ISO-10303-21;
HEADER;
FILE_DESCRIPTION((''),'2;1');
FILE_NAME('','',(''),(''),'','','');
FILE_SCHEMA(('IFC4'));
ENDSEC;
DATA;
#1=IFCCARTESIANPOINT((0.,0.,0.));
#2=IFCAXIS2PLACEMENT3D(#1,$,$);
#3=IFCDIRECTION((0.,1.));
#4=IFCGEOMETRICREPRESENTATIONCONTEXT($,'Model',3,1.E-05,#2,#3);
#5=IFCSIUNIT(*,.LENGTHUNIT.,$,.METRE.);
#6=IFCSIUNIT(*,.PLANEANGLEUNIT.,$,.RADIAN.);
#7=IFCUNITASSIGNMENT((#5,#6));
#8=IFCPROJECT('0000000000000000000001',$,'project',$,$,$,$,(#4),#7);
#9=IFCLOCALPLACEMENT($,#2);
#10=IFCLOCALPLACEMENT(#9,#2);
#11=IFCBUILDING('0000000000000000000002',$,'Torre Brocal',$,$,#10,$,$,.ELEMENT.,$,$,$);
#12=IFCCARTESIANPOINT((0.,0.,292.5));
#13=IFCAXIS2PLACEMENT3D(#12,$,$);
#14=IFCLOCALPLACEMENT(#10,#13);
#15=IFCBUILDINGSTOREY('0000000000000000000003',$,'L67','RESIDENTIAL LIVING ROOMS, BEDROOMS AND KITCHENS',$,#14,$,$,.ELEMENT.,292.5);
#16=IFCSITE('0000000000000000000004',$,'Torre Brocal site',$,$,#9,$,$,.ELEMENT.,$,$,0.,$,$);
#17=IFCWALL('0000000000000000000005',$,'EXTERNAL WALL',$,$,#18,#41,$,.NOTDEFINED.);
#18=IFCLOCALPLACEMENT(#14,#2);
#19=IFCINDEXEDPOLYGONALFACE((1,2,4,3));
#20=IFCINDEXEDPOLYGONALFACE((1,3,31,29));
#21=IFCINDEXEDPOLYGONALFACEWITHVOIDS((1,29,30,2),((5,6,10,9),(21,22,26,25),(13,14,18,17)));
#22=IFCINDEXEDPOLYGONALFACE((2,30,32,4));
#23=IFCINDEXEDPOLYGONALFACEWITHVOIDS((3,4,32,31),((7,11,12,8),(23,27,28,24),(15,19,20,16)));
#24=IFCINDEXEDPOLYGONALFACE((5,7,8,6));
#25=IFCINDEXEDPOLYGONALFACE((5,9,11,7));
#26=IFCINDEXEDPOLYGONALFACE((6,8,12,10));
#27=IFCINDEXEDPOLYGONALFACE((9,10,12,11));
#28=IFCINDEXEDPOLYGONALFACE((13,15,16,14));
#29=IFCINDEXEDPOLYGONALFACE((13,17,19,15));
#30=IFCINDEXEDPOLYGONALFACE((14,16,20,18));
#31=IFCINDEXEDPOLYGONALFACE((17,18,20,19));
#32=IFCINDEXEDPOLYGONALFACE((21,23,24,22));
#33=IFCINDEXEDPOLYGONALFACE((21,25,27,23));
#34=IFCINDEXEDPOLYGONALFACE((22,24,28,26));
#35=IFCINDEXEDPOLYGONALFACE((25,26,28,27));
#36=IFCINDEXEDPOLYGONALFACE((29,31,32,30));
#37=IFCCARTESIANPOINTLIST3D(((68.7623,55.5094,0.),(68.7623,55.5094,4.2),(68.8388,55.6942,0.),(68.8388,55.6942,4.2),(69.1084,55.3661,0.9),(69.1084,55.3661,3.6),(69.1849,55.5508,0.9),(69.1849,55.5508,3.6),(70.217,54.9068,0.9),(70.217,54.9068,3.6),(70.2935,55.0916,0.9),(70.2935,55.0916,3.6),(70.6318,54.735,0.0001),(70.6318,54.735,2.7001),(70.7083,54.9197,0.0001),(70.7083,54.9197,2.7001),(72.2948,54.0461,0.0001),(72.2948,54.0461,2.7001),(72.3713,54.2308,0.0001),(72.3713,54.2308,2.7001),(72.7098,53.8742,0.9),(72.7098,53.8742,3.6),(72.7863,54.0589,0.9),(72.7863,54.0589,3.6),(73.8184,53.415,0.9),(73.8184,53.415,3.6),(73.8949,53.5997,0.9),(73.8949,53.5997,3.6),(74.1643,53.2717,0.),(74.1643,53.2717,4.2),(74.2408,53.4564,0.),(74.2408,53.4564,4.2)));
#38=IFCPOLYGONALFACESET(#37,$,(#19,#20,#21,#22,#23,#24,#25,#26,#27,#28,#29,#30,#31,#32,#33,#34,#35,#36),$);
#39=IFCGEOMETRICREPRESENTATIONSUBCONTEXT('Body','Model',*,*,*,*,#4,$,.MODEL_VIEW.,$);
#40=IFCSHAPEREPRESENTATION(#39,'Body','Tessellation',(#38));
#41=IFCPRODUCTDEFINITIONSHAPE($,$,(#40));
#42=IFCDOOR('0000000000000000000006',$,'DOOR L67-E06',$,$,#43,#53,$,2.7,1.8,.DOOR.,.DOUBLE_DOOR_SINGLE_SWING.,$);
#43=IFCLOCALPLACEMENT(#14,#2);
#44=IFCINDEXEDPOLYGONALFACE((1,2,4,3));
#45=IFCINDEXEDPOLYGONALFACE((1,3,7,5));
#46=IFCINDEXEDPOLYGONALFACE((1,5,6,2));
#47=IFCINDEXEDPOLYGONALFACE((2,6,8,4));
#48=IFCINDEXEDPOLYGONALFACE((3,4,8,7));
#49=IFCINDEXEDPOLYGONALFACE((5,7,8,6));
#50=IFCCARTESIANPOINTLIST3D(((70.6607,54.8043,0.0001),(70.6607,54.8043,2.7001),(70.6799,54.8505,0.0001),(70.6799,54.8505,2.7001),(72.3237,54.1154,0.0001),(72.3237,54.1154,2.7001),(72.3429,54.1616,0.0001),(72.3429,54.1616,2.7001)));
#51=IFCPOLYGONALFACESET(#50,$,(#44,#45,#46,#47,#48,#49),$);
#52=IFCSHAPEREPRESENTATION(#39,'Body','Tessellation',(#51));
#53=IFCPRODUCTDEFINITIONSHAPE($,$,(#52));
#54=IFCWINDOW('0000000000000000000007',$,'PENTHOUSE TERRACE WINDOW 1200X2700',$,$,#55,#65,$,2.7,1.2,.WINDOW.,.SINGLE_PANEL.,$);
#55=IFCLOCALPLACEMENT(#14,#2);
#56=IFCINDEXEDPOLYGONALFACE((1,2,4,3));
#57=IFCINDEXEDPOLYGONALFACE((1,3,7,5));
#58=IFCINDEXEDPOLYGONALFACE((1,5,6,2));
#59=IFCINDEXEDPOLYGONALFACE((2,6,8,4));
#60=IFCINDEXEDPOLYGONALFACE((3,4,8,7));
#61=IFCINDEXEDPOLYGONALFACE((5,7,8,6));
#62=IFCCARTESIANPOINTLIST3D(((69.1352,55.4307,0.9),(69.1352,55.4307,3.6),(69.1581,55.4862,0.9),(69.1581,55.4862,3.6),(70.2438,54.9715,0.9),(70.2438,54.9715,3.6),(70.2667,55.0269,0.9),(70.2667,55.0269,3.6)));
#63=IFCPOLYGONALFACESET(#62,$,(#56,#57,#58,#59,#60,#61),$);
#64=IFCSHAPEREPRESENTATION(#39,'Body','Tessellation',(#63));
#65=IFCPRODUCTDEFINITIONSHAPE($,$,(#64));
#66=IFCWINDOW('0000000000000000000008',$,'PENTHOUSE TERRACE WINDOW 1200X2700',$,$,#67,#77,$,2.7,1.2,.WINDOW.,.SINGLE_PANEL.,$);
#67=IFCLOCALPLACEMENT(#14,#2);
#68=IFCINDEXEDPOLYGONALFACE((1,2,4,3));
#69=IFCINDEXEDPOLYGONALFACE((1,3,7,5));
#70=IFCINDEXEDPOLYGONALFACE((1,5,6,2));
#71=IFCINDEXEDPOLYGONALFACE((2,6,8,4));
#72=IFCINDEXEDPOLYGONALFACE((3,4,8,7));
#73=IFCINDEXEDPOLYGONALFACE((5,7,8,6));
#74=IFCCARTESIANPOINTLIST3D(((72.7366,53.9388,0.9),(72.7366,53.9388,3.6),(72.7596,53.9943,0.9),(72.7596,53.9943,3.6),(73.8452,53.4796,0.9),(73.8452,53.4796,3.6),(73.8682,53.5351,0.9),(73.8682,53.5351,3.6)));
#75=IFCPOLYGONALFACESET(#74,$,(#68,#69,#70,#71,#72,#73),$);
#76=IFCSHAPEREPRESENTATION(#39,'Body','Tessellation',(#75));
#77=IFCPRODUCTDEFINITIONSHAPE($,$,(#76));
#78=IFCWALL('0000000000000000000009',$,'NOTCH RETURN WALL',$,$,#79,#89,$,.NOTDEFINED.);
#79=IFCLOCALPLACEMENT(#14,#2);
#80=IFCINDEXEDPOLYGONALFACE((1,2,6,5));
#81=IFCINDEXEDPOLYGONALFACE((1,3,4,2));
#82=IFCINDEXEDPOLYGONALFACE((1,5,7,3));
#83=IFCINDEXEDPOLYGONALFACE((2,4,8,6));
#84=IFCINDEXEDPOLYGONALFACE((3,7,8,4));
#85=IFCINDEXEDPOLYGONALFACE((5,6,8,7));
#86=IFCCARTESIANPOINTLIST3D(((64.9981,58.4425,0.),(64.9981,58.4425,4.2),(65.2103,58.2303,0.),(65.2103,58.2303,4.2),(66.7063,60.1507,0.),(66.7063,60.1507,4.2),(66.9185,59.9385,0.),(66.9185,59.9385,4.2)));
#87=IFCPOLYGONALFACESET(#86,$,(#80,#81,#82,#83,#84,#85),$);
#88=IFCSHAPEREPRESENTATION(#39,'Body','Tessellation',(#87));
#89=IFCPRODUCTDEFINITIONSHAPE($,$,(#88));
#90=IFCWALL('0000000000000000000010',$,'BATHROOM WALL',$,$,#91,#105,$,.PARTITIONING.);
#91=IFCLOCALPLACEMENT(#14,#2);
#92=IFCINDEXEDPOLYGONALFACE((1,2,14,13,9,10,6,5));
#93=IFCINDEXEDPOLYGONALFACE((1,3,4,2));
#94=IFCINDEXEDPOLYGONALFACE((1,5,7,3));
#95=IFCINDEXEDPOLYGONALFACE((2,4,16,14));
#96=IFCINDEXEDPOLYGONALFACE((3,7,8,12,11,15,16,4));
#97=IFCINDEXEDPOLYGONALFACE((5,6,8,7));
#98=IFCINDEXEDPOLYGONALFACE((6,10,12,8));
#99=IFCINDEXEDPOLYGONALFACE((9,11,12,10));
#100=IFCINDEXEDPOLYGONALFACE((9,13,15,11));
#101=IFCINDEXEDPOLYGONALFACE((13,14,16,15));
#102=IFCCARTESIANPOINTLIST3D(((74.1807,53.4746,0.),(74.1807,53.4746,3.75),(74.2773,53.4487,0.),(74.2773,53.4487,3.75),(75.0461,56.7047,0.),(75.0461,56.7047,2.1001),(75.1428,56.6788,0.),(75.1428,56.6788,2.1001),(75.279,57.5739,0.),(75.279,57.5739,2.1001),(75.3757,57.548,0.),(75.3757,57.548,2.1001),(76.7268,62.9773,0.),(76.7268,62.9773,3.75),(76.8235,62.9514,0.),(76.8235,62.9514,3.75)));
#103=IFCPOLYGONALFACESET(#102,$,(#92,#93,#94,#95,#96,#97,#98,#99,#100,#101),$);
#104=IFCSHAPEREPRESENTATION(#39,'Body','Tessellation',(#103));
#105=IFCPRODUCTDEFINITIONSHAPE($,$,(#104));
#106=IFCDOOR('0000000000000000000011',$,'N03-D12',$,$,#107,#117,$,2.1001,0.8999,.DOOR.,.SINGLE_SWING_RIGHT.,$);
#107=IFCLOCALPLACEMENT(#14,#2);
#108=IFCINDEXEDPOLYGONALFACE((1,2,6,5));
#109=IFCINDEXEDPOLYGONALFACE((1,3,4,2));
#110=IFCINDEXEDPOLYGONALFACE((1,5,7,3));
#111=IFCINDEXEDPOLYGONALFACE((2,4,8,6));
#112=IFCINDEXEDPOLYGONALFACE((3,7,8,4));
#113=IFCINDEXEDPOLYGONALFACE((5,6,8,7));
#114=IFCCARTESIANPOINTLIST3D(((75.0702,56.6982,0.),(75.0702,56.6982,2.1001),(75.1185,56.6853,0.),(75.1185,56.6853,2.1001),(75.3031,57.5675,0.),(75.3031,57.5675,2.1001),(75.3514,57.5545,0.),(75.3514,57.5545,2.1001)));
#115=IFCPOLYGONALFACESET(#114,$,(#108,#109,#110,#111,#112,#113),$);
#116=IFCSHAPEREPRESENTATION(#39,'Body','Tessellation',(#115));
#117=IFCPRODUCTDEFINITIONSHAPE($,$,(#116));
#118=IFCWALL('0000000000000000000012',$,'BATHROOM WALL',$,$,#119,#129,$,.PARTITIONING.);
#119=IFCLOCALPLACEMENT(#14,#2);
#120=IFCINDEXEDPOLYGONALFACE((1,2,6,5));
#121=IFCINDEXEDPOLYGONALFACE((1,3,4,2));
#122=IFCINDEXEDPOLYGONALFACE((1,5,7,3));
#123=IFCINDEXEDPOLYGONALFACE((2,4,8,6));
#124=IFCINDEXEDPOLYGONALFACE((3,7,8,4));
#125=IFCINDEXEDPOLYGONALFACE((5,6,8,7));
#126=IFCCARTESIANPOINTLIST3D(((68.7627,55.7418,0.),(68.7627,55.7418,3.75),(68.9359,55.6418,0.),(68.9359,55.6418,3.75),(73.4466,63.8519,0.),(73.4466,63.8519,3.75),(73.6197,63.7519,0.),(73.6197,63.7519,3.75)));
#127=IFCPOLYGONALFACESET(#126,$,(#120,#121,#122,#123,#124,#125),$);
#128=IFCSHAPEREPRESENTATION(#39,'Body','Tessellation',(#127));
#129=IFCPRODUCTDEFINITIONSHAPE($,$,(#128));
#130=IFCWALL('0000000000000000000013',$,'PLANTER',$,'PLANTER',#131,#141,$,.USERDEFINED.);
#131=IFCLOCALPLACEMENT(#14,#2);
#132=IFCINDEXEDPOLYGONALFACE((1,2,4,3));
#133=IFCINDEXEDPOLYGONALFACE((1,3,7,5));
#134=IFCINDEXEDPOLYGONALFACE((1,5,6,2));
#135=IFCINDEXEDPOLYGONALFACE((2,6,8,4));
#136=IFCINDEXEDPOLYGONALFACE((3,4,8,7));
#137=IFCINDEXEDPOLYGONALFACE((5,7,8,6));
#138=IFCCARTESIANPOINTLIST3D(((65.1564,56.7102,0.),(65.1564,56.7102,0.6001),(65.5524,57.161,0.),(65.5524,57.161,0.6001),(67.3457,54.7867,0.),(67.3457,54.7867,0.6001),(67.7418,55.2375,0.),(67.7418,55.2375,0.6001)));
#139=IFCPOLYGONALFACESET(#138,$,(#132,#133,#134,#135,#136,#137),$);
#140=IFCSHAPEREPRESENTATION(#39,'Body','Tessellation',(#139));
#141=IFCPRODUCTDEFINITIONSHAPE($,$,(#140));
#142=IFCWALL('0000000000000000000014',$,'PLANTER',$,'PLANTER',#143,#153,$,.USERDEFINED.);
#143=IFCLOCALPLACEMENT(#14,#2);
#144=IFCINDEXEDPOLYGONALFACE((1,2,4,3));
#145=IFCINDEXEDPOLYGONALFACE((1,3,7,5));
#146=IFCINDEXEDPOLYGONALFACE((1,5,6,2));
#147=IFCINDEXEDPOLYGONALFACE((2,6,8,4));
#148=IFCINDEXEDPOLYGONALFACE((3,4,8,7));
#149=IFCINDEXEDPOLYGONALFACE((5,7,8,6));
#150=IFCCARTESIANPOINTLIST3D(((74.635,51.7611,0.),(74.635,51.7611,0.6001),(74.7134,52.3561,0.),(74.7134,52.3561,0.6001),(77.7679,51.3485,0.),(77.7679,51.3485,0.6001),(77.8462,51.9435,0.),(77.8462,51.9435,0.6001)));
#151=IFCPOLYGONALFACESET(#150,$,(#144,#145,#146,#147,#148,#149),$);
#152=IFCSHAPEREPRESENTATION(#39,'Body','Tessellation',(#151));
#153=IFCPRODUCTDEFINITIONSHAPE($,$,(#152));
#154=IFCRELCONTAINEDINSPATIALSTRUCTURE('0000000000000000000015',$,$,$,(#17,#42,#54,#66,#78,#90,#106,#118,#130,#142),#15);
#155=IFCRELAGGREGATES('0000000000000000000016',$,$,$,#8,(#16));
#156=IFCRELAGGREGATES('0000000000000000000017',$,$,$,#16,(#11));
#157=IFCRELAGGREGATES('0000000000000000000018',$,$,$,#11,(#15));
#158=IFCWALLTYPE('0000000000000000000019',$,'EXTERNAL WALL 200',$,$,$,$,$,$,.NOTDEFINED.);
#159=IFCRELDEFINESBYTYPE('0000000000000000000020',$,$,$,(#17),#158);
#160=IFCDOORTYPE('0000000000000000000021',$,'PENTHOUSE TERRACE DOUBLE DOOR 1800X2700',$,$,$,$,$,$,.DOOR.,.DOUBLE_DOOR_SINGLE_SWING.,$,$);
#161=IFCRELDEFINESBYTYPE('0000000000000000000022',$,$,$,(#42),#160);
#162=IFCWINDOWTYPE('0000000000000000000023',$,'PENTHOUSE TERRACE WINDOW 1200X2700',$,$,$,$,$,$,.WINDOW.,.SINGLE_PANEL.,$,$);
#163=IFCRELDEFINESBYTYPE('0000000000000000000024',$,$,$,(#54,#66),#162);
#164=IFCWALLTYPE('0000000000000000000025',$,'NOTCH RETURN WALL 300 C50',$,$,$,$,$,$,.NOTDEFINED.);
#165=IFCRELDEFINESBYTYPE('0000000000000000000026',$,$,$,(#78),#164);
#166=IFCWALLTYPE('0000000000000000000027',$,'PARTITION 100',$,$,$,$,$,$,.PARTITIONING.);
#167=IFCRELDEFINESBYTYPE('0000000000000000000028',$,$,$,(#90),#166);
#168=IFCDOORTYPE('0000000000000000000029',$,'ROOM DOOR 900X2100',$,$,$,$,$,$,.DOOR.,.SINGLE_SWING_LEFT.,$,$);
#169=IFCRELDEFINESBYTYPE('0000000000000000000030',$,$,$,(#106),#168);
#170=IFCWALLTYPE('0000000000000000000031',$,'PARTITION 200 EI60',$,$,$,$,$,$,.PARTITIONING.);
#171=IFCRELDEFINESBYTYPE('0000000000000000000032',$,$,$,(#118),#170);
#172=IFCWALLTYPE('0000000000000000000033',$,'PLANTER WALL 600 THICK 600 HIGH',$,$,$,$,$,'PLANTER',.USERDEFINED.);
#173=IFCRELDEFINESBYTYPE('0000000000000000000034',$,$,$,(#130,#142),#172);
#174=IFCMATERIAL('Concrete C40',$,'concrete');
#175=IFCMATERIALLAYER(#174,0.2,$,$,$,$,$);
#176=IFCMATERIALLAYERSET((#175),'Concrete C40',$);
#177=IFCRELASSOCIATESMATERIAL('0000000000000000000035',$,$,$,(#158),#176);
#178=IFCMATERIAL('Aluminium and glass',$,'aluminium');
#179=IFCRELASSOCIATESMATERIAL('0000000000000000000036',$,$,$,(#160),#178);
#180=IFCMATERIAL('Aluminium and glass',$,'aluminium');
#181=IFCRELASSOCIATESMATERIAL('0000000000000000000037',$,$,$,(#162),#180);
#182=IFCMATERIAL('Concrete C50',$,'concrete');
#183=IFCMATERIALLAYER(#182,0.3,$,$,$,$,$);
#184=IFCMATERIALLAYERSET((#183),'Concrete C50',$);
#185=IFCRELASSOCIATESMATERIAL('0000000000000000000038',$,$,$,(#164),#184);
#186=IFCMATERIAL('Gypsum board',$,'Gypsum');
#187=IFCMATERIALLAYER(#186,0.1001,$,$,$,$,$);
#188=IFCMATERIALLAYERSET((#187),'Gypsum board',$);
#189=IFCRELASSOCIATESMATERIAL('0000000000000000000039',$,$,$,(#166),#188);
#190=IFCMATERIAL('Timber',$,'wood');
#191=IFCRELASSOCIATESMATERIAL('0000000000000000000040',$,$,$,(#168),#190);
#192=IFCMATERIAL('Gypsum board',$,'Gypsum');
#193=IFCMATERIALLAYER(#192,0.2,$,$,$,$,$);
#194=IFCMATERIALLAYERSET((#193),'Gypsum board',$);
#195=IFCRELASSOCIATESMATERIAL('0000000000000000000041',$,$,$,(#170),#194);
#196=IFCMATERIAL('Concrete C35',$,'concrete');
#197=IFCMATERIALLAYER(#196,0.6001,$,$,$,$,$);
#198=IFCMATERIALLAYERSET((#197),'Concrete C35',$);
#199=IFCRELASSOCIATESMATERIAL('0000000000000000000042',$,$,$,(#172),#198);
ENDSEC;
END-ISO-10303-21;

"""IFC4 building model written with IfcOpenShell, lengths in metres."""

from ifc_helpers import new_model, si_unit, direction, frame, frame_2d, origin, place, context, subcontext, project, spatial, rectangle, extrude, material, layer, layer_set, type_object, element, fill, save


model = new_model("IFC4")

# Units and contexts
model_context = context("Model", 3, precision=1e-05, world=origin(), true_north=direction((0.0, 1.0)))
body_context = subcontext(model_context, "Body", "Model", "MODEL_VIEW")
ifc_project = project(units=[si_unit("LENGTHUNIT", "METRE"), si_unit("PLANEANGLEUNIT", "RADIAN")], contexts=[model_context])

# Site, building, storey
site_placement = place(None, origin())
site = spatial("IfcSite", under=ifc_project, at=site_placement, Name="Torre Brocal site", CompositionType="ELEMENT", RefElevation=0.0)
building_placement = place(site_placement, origin())
building = spatial("IfcBuilding", under=site, at=building_placement, Name="Torre Brocal", CompositionType="ELEMENT")
storey_placement = place(building_placement, frame((0.0, 0.0, 292.5)))
storey = spatial("IfcBuildingStorey", under=building, at=storey_placement, Name="L67", Description="RESIDENTIAL LIVING ROOMS, BEDROOMS AND KITCHENS", CompositionType="ELEMENT", Elevation=292.5)

# Wall, openings, door, windows
ifc_material_1 = material(Name="Concrete C40", Category="concrete")
ifc_layer_1 = layer(ifc_material_1, 0.2)
ifc_layer_set_1 = layer_set([ifc_layer_1], Name="Concrete C40")
wall_type_1 = type_object("IfcWallType", Name="EXTERNAL WALL 200", PredefinedType="NOTDEFINED", material=ifc_layer_set_1)
wall_1_placement = place(storey_placement, frame((68.8005, 55.6018, 0.0), z_axis=(0.0, 0.0, 1.0), x_axis=(0.923869, -0.382708, 0.0)))
wall_1 = element("IfcWall", 1, at=wall_1_placement, inside=storey, type_object=wall_type_1, Name="EXTERNAL WALL", PredefinedType="NOTDEFINED", context=body_context, shape_type="SweptSolid", body=[
    extrude(rectangle(XDim=5.8472, YDim=0.2, at=frame_2d((2.9236, 0.0))), origin(), (0.0, 0.0, 1.0), 4.2),
])
opening_1_placement = place(wall_1_placement, frame((0.3745, 0.0, 0.8999)))
opening_1 = element("IfcOpeningElement", 2, at=opening_1_placement, cuts=wall_1, PredefinedType="OPENING", context=body_context, shape_type="SweptSolid", body=[
    extrude(rectangle(XDim=1.2, YDim=2.7, at=frame_2d((0.6001, 1.3501))), frame((0.0, 0.1099, 0.0), z_axis=(0.0, -1.0, 0.0), x_axis=(1.0, 0.0, 0.0)), (0.0, 0.0, 1.0), 0.22),
])
opening_2_placement = place(wall_1_placement, frame((2.0237, 0.0, 0.0)))
opening_2 = element("IfcOpeningElement", 3, at=opening_2_placement, cuts=wall_1, PredefinedType="OPENING", context=body_context, shape_type="SweptSolid", body=[
    extrude(rectangle(XDim=1.8, YDim=2.7, at=frame_2d((0.8999, 1.3501))), frame((0.0, 0.1099, 0.0), z_axis=(0.0, -1.0, 0.0), x_axis=(1.0, 0.0, 0.0)), (0.0, 0.0, 1.0), 0.22),
])
opening_3_placement = place(wall_1_placement, frame((4.2727, 0.0, 0.8999)))
opening_3 = element("IfcOpeningElement", 4, at=opening_3_placement, cuts=wall_1, PredefinedType="OPENING", context=body_context, shape_type="SweptSolid", body=[
    extrude(rectangle(XDim=1.2, YDim=2.7, at=frame_2d((0.6001, 1.3501))), frame((0.0, 0.1099, 0.0), z_axis=(0.0, -1.0, 0.0), x_axis=(1.0, 0.0, 0.0)), (0.0, 0.0, 1.0), 0.22),
])
ifc_material_2 = material(Name="Aluminium and glass", Category="aluminium")
door_type_1 = type_object("IfcDoorType", Name="PENTHOUSE TERRACE DOUBLE DOOR 1800X2700", OperationType="DOUBLE_DOOR_SINGLE_SWING", PredefinedType="DOOR", material=ifc_material_2)
door_1_placement = place(opening_2_placement, frame((1.8, 0.0, 0.0), z_axis=(0.0, 0.0, 1.0), x_axis=(-1.0, 0.0, 0.0)))
door_1 = element("IfcDoor", 5, at=door_1_placement, inside=storey, type_object=door_type_1, Name="DOOR L67-E06", OperationType="DOUBLE_DOOR_SINGLE_SWING", OverallHeight=2.7, OverallWidth=1.8, PredefinedType="DOOR", context=body_context, shape_type="SweptSolid", body=[
    extrude(rectangle(XDim=1.8, YDim=2.7, at=frame_2d((0.8999, 1.3501))), frame((0.0, 0.0249, 0.0), z_axis=(0.0, -1.0, 0.0), x_axis=(1.0, 0.0, 0.0)), (0.0, 0.0, 1.0), 0.05),
])
fill(opening_2, door_1)
ifc_material_3 = material(Name="Aluminium and glass", Category="aluminium")
window_type = type_object("IfcWindowType", Name="PENTHOUSE TERRACE WINDOW 1200X2700", PartitioningType="SINGLE_PANEL", PredefinedType="WINDOW", material=ifc_material_3)
window_1_placement = place(opening_1_placement, origin())
window_1 = element("IfcWindow", 6, at=window_1_placement, inside=storey, type_object=window_type, Name="PENTHOUSE TERRACE WINDOW 1200X2700", OverallHeight=2.7, OverallWidth=1.2, PartitioningType="SINGLE_PANEL", PredefinedType="WINDOW", context=body_context, shape_type="SweptSolid", body=[
    extrude(rectangle(XDim=1.2, YDim=2.7, at=frame_2d((0.6001, 1.3501))), frame((0.0, 0.03, 0.0), z_axis=(0.0, -1.0, 0.0), x_axis=(1.0, 0.0, 0.0)), (0.0, 0.0, 1.0), 0.0601),
])
fill(opening_1, window_1)
window_2_placement = place(opening_3_placement, origin())
window_2 = element("IfcWindow", 7, at=window_2_placement, inside=storey, type_object=window_type, Name="PENTHOUSE TERRACE WINDOW 1200X2700", OverallHeight=2.7, OverallWidth=1.2, PartitioningType="SINGLE_PANEL", PredefinedType="WINDOW", context=body_context, shape_type="SweptSolid", body=[
    extrude(rectangle(XDim=1.2, YDim=2.7, at=frame_2d((0.6001, 1.3501))), frame((0.0, 0.03, 0.0), z_axis=(0.0, -1.0, 0.0), x_axis=(1.0, 0.0, 0.0)), (0.0, 0.0, 1.0), 0.0601),
])
fill(opening_3, window_2)

# Wall
ifc_material_4 = material(Name="Concrete C50", Category="concrete")
ifc_layer_2 = layer(ifc_material_4, 0.3)
ifc_layer_set_2 = layer_set([ifc_layer_2], Name="Concrete C50")
wall_type_2 = type_object("IfcWallType", Name="NOTCH RETURN WALL 300 C50", PredefinedType="NOTDEFINED", material=ifc_layer_set_2)
wall_2_placement = place(storey_placement, frame((66.8125, 60.0447, 0.0), z_axis=(0.0, 0.0, 1.0), x_axis=(-0.707107, -0.707107, 0.0)))
element("IfcWall", 8, at=wall_2_placement, inside=storey, type_object=wall_type_2, Name="NOTCH RETURN WALL", PredefinedType="NOTDEFINED", context=body_context, shape_type="SweptSolid", body=[
    extrude(rectangle(XDim=2.4158, YDim=0.3, at=frame_2d((1.208, 0.0))), origin(), (0.0, 0.0, 1.0), 4.2),
])

# Wall, opening, door
ifc_material_5 = material(Name="Gypsum board", Category="Gypsum")
ifc_layer_3 = layer(ifc_material_5, 0.1001)
ifc_layer_set_3 = layer_set([ifc_layer_3], Name="Gypsum board")
wall_type_3 = type_object("IfcWallType", Name="PARTITION 100", PredefinedType="PARTITIONING", material=ifc_layer_set_3)
wall_3_placement = place(storey_placement, frame((74.229, 53.4617, 0.0), z_axis=(0.0, 0.0, 1.0), x_axis=(0.25881, 0.965928, 0.0)))
wall_3 = element("IfcWall", 9, at=wall_3_placement, inside=storey, type_object=wall_type_3, Name="BATHROOM WALL", PredefinedType="PARTITIONING", context=body_context, shape_type="SweptSolid", body=[
    extrude(rectangle(XDim=9.8379, YDim=0.1001, at=frame_2d((4.9189, 0.0))), origin(), (0.0, 0.0, 1.0), 3.75),
])
opening_4_placement = place(wall_3_placement, frame((3.344, 0.0, 0.0)))
opening_4 = element("IfcOpeningElement", 10, at=opening_4_placement, cuts=wall_3, PredefinedType="OPENING", context=body_context, shape_type="SweptSolid", body=[
    extrude(rectangle(XDim=0.8999, YDim=2.1001, at=frame_2d((0.45, 1.05))), frame((0.0, 0.0601, 0.0), z_axis=(0.0, -1.0, 0.0), x_axis=(1.0, 0.0, 0.0)), (0.0, 0.0, 1.0), 0.1201),
])
ifc_material_6 = material(Name="Timber", Category="wood")
door_type_2 = type_object("IfcDoorType", Name="ROOM DOOR 900X2100", OperationType="SINGLE_SWING_LEFT", PredefinedType="DOOR", material=ifc_material_6)
door_2_placement = place(opening_4_placement, frame((0.8999, 0.0, 0.0), z_axis=(0.0, 0.0, 1.0), x_axis=(-1.0, 0.0, 0.0)))
door_2 = element("IfcDoor", 11, at=door_2_placement, inside=storey, type_object=door_type_2, Name="N03-D12", OperationType="SINGLE_SWING_RIGHT", OverallHeight=2.1001, OverallWidth=0.8999, PredefinedType="DOOR", context=body_context, shape_type="SweptSolid", body=[
    extrude(rectangle(XDim=0.8999, YDim=2.1001, at=frame_2d((0.45, 1.05))), frame((0.0, 0.0249, 0.0), z_axis=(0.0, -1.0, 0.0), x_axis=(1.0, 0.0, 0.0)), (0.0, 0.0, 1.0), 0.05),
])
fill(opening_4, door_2)

# Walls
ifc_material_7 = material(Name="Gypsum board", Category="Gypsum")
ifc_layer_4 = layer(ifc_material_7, 0.2)
ifc_layer_set_4 = layer_set([ifc_layer_4], Name="Gypsum board")
wall_type_4 = type_object("IfcWallType", Name="PARTITION 200 EI60", PredefinedType="PARTITIONING", material=ifc_layer_set_4)
wall_4_placement = place(storey_placement, frame((68.8494, 55.6919, 0.0), z_axis=(0.0, 0.0, 1.0), x_axis=(0.500117, 0.865958, 0.0)))
element("IfcWall", 12, at=wall_4_placement, inside=storey, type_object=wall_type_4, Name="BATHROOM WALL", PredefinedType="PARTITIONING", context=body_context, shape_type="SweptSolid", body=[
    extrude(rectangle(XDim=9.3655, YDim=0.2, at=frame_2d((4.6826, 0.0))), origin(), (0.0, 0.0, 1.0), 3.75),
])
ifc_material_8 = material(Name="Concrete C35", Category="concrete")
ifc_layer_5 = layer(ifc_material_8, 0.6001)
ifc_layer_set_5 = layer_set([ifc_layer_5], Name="Concrete C35")
wall_type_5 = type_object("IfcWallType", Name="PLANTER WALL 600 THICK 600 HIGH", ElementType="PLANTER", PredefinedType="USERDEFINED", material=ifc_layer_set_5)
wall_5_placement = place(storey_placement, frame((65.3545, 56.9355, 0.0), z_axis=(0.0, 0.0, 1.0), x_axis=(0.751247, -0.660022, 0.0)))
element("IfcWall", 13, at=wall_5_placement, inside=storey, type_object=wall_type_5, Name="PLANTER", ObjectType="PLANTER", PredefinedType="USERDEFINED", context=body_context, shape_type="SweptSolid", body=[
    extrude(rectangle(XDim=2.9143, YDim=0.6001, at=frame_2d((1.457, 0.0))), origin(), (0.0, 0.0, 1.0), 0.6001),
])
wall_6_placement = place(storey_placement, frame((74.6741, 52.0586, 0.0), z_axis=(0.0, 0.0, 1.0), x_axis=(0.991439, -0.130574, 0.0)))
element("IfcWall", 14, at=wall_6_placement, inside=storey, type_object=wall_type_5, Name="PLANTER", ObjectType="PLANTER", PredefinedType="USERDEFINED", context=body_context, shape_type="SweptSolid", body=[
    extrude(rectangle(XDim=3.1599, YDim=0.6001, at=frame_2d((1.5801, 0.0))), origin(), (0.0, 0.0, 1.0), 0.6001),
])

save(model, "model.ifc")
